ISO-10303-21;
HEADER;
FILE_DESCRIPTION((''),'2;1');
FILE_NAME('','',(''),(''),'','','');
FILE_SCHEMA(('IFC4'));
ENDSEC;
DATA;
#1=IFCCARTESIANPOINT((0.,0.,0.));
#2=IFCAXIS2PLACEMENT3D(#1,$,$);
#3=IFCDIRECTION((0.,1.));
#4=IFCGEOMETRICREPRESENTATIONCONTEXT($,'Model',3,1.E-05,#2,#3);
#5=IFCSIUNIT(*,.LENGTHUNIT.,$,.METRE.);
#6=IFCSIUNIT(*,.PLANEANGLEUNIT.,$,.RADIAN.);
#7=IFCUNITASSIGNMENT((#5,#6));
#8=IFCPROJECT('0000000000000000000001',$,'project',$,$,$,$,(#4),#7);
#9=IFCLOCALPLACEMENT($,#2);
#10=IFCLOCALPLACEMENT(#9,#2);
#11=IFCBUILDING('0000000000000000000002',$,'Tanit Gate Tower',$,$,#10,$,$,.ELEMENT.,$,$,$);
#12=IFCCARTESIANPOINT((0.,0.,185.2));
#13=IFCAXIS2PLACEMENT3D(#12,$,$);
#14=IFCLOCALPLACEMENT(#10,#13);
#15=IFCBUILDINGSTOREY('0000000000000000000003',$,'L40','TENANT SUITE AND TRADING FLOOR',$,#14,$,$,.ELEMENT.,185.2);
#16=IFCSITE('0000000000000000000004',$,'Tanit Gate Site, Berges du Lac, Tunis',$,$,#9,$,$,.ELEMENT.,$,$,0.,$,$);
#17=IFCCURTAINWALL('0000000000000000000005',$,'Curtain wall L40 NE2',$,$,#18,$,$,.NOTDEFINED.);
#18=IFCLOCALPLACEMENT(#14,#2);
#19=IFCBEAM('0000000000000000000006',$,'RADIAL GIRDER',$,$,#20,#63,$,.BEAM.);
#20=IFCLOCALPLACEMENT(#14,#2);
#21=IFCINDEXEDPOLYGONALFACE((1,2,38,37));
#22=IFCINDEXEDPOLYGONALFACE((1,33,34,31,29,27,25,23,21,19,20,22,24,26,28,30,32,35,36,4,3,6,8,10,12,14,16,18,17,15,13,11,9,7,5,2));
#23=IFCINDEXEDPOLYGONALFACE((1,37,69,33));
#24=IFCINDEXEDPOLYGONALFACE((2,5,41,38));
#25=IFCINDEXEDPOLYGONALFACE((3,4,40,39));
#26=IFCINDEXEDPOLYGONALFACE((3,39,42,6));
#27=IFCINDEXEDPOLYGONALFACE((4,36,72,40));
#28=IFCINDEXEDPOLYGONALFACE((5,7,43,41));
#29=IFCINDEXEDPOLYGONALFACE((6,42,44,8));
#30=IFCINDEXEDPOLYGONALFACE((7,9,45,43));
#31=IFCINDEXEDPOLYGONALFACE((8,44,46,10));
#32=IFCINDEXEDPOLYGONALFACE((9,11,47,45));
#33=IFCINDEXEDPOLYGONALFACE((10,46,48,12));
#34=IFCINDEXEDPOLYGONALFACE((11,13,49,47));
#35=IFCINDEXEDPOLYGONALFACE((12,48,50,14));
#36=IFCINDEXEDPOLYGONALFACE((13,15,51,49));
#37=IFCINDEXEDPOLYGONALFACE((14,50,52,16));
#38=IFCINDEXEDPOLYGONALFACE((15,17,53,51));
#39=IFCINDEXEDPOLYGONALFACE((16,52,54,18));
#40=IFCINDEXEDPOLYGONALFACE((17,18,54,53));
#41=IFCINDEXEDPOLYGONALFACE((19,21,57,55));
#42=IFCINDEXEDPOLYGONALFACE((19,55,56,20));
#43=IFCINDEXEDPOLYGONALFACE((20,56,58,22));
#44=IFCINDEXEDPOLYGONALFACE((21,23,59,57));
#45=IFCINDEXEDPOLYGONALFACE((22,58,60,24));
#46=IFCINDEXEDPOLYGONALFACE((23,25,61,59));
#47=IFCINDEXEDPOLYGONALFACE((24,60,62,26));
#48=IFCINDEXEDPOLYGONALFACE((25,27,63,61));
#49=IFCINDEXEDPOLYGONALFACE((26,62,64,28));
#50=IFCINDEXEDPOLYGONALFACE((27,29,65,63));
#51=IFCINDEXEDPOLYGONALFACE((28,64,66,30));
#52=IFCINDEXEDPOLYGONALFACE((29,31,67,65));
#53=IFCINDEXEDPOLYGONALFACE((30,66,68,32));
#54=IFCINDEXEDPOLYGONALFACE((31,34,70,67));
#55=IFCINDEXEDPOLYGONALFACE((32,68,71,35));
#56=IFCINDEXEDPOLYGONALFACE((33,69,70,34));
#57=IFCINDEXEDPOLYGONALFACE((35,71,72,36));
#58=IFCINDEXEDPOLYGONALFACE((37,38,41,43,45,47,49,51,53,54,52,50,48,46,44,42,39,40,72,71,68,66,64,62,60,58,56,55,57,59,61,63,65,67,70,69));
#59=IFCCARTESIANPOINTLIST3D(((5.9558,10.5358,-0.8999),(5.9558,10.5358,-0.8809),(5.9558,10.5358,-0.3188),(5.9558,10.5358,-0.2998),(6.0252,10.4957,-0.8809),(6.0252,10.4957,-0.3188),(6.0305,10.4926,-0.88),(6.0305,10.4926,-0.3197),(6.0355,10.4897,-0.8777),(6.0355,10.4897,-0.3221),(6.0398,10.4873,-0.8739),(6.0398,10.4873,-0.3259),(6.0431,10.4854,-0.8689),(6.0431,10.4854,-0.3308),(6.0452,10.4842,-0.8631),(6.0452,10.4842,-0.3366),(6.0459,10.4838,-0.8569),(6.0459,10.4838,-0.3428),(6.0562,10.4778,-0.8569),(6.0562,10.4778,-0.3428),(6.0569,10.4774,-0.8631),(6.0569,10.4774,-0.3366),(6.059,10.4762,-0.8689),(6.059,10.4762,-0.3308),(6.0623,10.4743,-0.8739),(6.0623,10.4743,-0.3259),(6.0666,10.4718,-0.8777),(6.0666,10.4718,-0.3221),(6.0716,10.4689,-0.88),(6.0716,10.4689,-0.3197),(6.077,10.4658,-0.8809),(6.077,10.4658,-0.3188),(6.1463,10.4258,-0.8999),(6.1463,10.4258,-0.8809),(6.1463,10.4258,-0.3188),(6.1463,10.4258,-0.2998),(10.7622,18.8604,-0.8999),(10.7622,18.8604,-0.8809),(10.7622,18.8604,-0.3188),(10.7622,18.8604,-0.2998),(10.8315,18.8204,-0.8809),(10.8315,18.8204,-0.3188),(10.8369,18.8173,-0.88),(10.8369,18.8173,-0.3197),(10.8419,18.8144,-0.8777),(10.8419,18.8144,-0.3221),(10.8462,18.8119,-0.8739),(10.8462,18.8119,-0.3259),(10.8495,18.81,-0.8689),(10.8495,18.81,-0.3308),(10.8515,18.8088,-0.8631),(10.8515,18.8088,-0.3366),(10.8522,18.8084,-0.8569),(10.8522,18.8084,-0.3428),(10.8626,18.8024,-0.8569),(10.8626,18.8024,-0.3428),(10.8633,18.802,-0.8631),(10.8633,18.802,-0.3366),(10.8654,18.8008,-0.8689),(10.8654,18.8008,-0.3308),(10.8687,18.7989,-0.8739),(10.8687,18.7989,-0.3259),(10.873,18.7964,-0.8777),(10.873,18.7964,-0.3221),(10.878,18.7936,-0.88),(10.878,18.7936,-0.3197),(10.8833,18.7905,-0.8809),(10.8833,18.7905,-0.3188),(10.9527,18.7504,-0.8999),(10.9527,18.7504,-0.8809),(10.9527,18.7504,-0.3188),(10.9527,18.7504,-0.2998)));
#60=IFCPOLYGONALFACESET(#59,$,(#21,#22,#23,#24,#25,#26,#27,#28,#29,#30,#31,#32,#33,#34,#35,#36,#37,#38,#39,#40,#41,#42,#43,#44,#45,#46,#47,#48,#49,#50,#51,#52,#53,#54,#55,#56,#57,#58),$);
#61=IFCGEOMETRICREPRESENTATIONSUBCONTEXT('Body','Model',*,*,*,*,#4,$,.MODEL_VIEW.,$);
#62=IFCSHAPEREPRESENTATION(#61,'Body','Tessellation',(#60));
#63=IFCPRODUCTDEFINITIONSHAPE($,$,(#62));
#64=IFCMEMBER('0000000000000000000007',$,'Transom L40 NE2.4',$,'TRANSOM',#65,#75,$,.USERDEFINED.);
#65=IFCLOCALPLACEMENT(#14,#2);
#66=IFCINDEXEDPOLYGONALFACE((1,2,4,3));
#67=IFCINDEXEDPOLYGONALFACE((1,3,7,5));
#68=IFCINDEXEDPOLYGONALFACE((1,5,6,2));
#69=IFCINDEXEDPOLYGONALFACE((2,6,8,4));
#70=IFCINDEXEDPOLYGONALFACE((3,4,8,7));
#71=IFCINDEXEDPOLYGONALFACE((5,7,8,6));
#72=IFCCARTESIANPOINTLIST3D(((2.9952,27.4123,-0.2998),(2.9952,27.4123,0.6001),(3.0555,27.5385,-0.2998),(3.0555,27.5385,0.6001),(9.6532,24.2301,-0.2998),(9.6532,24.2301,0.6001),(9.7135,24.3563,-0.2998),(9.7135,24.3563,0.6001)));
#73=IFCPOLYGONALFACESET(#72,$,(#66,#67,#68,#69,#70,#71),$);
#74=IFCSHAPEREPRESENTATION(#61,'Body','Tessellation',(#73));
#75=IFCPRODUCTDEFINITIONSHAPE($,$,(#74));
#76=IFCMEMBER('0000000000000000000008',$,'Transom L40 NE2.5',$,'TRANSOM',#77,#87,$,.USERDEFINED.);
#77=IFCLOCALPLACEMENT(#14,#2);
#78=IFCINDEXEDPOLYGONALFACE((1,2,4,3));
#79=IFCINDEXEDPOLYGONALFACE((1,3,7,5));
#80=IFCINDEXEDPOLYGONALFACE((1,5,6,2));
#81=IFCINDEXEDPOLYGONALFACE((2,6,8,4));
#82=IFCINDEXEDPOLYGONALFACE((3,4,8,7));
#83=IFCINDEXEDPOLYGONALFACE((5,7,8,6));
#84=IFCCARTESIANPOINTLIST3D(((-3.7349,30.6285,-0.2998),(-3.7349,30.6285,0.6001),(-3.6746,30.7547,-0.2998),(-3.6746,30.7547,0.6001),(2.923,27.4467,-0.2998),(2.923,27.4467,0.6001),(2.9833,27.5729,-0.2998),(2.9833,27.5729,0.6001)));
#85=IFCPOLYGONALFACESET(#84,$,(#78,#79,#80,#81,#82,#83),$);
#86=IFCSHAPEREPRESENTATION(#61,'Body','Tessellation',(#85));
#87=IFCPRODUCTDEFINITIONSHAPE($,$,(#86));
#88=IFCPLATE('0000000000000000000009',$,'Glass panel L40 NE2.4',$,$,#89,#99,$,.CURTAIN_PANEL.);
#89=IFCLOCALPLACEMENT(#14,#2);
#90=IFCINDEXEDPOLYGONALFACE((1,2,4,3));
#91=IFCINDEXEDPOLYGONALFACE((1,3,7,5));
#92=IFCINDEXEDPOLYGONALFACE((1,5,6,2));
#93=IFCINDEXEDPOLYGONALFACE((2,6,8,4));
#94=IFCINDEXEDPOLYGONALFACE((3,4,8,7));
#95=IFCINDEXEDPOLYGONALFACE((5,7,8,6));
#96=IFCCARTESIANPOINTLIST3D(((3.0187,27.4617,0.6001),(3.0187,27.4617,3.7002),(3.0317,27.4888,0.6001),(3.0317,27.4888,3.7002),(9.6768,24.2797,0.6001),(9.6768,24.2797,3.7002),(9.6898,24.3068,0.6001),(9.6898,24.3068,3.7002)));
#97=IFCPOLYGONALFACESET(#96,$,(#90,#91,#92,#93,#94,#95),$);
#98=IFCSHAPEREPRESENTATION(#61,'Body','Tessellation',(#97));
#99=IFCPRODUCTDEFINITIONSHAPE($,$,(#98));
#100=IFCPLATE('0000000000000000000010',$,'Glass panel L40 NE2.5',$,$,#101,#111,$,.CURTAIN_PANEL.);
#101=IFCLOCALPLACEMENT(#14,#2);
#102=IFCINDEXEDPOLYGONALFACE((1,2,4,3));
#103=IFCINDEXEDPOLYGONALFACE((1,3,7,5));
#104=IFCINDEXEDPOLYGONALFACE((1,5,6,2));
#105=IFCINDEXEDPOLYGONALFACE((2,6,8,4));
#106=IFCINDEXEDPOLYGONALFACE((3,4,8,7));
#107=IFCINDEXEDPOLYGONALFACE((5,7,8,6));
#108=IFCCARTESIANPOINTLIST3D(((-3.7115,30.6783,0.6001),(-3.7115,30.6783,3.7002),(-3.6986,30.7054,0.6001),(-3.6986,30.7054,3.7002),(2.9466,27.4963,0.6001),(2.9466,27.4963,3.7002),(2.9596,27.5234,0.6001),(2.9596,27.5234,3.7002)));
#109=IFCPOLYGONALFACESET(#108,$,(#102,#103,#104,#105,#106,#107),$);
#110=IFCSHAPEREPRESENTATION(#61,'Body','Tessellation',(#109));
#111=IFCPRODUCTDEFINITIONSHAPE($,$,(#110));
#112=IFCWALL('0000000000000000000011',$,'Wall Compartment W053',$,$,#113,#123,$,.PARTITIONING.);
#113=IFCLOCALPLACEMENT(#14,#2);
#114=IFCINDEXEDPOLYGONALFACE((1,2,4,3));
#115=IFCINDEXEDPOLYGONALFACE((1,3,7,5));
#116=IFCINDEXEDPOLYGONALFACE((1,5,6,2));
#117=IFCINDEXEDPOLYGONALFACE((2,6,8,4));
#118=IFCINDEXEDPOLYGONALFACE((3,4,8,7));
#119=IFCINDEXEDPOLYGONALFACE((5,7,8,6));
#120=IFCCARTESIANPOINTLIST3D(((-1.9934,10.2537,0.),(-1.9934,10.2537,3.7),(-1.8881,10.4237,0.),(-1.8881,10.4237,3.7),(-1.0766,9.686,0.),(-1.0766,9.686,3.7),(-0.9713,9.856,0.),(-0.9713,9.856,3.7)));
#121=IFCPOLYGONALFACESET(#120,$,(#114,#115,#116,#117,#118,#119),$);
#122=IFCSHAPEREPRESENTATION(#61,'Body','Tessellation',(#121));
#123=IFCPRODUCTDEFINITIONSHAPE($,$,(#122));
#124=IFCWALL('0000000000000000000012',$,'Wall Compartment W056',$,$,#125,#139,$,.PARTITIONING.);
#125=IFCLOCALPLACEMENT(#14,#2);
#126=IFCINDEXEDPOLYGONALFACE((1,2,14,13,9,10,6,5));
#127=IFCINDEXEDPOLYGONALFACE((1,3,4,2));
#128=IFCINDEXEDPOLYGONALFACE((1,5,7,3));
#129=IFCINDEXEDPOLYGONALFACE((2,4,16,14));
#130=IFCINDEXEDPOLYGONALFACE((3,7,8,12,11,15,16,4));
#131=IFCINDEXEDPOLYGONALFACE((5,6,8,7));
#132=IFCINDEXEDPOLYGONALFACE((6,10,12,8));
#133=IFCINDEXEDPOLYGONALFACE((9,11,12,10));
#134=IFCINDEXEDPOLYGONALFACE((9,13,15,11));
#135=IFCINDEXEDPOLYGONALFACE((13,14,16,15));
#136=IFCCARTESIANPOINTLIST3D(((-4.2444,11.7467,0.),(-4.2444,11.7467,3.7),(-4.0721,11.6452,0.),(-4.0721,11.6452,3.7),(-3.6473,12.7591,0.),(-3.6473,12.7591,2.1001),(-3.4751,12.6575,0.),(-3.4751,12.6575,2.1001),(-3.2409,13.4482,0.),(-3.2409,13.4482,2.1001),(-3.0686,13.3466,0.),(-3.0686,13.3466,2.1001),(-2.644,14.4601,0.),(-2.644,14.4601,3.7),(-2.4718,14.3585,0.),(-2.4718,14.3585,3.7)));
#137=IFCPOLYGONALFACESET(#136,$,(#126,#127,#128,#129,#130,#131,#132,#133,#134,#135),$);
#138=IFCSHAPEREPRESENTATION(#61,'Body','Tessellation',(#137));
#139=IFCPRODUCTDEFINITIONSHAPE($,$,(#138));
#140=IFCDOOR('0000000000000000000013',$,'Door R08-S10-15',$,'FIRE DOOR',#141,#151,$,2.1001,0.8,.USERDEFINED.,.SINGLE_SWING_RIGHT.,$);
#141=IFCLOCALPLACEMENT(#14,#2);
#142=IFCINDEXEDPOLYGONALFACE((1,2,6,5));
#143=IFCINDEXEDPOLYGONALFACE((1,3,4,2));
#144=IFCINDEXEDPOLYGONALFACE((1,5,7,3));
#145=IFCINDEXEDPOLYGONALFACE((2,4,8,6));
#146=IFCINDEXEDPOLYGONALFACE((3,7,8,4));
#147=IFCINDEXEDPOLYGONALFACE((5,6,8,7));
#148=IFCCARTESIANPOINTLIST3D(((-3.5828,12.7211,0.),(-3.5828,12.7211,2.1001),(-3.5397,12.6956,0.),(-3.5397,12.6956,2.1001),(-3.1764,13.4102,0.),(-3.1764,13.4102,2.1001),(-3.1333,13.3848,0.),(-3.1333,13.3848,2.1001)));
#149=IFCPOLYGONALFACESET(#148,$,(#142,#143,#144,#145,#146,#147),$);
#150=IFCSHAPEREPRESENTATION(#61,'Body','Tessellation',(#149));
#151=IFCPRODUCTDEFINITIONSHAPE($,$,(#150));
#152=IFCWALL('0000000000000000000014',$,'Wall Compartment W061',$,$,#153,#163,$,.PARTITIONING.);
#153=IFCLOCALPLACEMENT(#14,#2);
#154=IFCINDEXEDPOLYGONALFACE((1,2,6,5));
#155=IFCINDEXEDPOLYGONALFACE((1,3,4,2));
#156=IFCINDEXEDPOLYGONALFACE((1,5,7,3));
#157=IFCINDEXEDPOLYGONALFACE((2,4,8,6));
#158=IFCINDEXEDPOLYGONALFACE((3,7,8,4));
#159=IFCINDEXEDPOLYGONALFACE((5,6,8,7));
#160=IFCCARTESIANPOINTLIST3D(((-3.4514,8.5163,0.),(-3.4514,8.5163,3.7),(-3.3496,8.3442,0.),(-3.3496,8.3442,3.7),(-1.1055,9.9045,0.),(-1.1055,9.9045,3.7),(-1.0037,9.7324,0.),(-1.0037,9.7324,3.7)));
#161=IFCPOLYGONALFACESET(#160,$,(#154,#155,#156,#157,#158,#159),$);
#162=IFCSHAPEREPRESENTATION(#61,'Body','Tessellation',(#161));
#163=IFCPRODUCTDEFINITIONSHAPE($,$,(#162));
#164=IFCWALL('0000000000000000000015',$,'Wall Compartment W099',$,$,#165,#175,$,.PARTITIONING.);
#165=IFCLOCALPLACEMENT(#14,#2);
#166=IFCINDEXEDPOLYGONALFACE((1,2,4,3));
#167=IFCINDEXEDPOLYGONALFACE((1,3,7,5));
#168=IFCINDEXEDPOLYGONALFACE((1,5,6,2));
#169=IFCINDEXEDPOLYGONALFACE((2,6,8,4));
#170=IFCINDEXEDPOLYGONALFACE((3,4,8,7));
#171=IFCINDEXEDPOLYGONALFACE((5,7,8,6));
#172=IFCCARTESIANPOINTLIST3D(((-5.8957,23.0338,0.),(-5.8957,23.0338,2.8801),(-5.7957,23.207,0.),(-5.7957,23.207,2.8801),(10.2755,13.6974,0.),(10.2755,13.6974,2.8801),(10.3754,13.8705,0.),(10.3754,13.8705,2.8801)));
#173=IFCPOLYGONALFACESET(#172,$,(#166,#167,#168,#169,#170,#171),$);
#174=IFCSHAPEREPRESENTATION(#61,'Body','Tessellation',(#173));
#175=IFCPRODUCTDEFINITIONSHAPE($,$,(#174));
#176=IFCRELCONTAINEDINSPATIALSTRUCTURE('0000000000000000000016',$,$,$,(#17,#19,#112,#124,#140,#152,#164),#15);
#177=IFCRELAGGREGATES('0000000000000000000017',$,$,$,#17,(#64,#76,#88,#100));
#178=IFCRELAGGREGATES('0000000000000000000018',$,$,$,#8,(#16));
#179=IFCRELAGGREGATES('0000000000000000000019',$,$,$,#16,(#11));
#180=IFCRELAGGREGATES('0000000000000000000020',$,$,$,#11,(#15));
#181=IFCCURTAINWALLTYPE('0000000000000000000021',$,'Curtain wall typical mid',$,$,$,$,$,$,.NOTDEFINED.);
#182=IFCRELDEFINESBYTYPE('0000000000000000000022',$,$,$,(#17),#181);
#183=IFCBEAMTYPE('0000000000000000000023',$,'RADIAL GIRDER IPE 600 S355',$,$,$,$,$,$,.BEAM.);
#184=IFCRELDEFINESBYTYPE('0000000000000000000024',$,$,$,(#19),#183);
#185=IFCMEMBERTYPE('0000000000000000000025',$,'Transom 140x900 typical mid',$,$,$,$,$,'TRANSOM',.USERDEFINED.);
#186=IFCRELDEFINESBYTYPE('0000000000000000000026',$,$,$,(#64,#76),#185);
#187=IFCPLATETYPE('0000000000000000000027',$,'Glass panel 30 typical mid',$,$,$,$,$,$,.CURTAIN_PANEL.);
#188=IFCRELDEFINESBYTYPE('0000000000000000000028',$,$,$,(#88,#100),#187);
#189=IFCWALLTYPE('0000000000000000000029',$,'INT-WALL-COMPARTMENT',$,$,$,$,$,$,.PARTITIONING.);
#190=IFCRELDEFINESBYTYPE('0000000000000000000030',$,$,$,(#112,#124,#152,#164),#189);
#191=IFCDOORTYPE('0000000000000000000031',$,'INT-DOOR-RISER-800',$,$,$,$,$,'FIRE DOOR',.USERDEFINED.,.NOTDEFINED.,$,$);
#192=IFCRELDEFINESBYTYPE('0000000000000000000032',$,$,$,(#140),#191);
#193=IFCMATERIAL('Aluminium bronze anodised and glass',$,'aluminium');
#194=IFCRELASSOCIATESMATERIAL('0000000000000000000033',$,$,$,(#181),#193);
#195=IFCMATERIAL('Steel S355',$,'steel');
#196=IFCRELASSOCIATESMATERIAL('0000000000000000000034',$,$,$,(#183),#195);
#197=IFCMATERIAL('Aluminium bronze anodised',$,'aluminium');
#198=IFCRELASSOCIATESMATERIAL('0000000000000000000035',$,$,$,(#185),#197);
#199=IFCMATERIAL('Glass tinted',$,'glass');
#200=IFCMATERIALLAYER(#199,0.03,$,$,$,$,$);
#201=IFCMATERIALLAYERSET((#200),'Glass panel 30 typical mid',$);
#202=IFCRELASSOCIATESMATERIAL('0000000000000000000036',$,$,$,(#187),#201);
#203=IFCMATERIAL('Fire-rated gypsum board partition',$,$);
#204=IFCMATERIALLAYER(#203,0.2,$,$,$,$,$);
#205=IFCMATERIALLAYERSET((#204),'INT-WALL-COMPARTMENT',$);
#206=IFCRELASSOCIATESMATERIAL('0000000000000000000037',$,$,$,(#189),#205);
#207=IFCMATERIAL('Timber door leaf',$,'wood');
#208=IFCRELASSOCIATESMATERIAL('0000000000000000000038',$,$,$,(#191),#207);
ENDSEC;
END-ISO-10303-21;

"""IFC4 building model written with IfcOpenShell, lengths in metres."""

from ifc_helpers import new_model, si_unit, direction, frame, frame_2d, origin, origin_2d, place, context, subcontext, project, spatial, rectangle, i_section, extrude, material, layer, layer_set, material_profile, profile_set, type_object, element, fill, aggregate, save


model = new_model("IFC4")

# Units and contexts
model_context = context("Model", 3, precision=1e-05, world=origin(), true_north=direction((0.0, 1.0)))
body_context = subcontext(model_context, "Body", "Model", "MODEL_VIEW")
ifc_project = project(units=[si_unit("LENGTHUNIT", "METRE"), si_unit("PLANEANGLEUNIT", "RADIAN")], contexts=[model_context])

# Site, building, storey
site_placement = place(None, origin())
site = spatial("IfcSite", under=ifc_project, at=site_placement, Name="Tanit Gate Site, Berges du Lac, Tunis", CompositionType="ELEMENT", RefElevation=0.0)
building_placement = place(site_placement, origin())
building = spatial("IfcBuilding", under=site, at=building_placement, Name="Tanit Gate Tower", CompositionType="ELEMENT")
storey_placement = place(building_placement, frame((0.0, 0.0, 185.2)))
storey = spatial("IfcBuildingStorey", under=building, at=storey_placement, Name="L40", Description="TENANT SUITE AND TRADING FLOOR", CompositionType="ELEMENT", Elevation=185.2)

# Curtain wall
ifc_material_1 = material(Name="Aluminium bronze anodised and glass", Category="aluminium")
curtain_wall_type = type_object("IfcCurtainWallType", Name="Curtain wall typical mid", PredefinedType="NOTDEFINED", material=ifc_material_1)
curtain_wall_placement = place(storey_placement, origin())
curtain_wall = element("IfcCurtainWall", 1, at=curtain_wall_placement, inside=storey, type_object=curtain_wall_type, Name="Curtain wall L40 NE2", PredefinedType="NOTDEFINED")

# Beam
ifc_material_2 = material(Name="Steel S355", Category="steel")
ifc_material_profile_1 = material_profile(ifc_material_2, i_section(OverallWidth=0.22, OverallDepth=0.6001, WebThickness=0.012, FlangeThickness=0.019, FilletRadius=0.0239, at=origin_2d()), Name="IPE 600")
ifc_profile_set_1 = profile_set([ifc_material_profile_1], Name="Steel S355")
beam_type_1 = type_object("IfcBeamType", Name="RADIAL GIRDER IPE 600 S355", PredefinedType="BEAM", material=ifc_profile_set_1)
beam_1_placement = place(storey_placement, frame((10.8574, 18.8054, -0.5999), z_axis=(-0.50001, -0.86602, 0.0), x_axis=(0.86602, -0.50001, 0.0)))
element("IfcBeam", 2, at=beam_1_placement, inside=storey, type_object=beam_type_1, Name="RADIAL GIRDER", PredefinedType="BEAM", context=body_context, shape_type="SweptSolid", body=[
    extrude(i_section(OverallWidth=0.22, OverallDepth=0.6001, WebThickness=0.012, FlangeThickness=0.019, FilletRadius=0.0239, at=origin_2d()), origin(), (0.0, 0.0, 1.0), 9.6125),
])

# Members
ifc_material_3 = material(Name="Aluminium bronze anodised", Category="aluminium")
ifc_material_profile_2 = material_profile(ifc_material_3, rectangle(XDim=0.1399, YDim=0.8999, at=origin_2d()), Name="140x900 bronze transom")
ifc_profile_set_2 = profile_set([ifc_material_profile_2], Name="Aluminium bronze anodised")
member_type_1 = type_object("IfcMemberType", Name="Transom 140x900 typical mid", ElementType="TRANSOM", PredefinedType="USERDEFINED", material=ifc_profile_set_2)
member_1_placement = place(storey_placement, frame((9.6833, 24.2932, 0.1501), z_axis=(-0.902246, 0.431223, 0.0), x_axis=(-0.431223, -0.902246, 0.0)))
member_1 = element("IfcMember", 3, at=member_1_placement, type_object=member_type_1, Name="Transom L40 NE2.4", ObjectType="TRANSOM", PredefinedType="USERDEFINED", context=body_context, shape_type="SweptSolid", body=[
    extrude(rectangle(XDim=0.1399, YDim=0.8999, at=origin_2d()), origin(), (0.0, 0.0, 1.0), 7.3794),
])
member_2_placement = place(storey_placement, frame((2.9531, 27.5098, 0.1501), z_axis=(-0.902258, 0.431196, 0.0), x_axis=(-0.431196, -0.902258, 0.0)))
member_2 = element("IfcMember", 4, at=member_2_placement, type_object=member_type_1, Name="Transom L40 NE2.5", ObjectType="TRANSOM", PredefinedType="USERDEFINED", context=body_context, shape_type="SweptSolid", body=[
    extrude(rectangle(XDim=0.1399, YDim=0.8999, at=origin_2d()), origin(), (0.0, 0.0, 1.0), 7.3792),
])

# Plates
ifc_material_4 = material(Name="Glass tinted", Category="glass")
ifc_layer_1 = layer(ifc_material_4, 0.03)
ifc_layer_set_1 = layer_set([ifc_layer_1], Name="Glass panel 30 typical mid")
plate_type = type_object("IfcPlateType", Name="Glass panel 30 typical mid", PredefinedType="CURTAIN_PANEL", material=ifc_layer_set_1)
plate_1_placement = place(storey_placement, frame((6.3542, 25.8843, 0.6001), z_axis=(0.0, 0.0, 1.0), x_axis=(-0.902258, 0.431197, 0.0)))
plate_1 = element("IfcPlate", 5, at=plate_1_placement, type_object=plate_type, Name="Glass panel L40 NE2.4", PredefinedType="CURTAIN_PANEL", context=body_context, shape_type="SweptSolid", body=[
    extrude(rectangle(XDim=7.3794, YDim=0.03, at=origin_2d()), origin(), (0.0, 0.0, 1.0), 3.1001),
])
plate_2_placement = place(storey_placement, frame((-0.376, 29.1008, 0.6001), z_axis=(0.0, 0.0, 1.0), x_axis=(-0.902258, 0.431197, 0.0)))
plate_2 = element("IfcPlate", 6, at=plate_2_placement, type_object=plate_type, Name="Glass panel L40 NE2.5", PredefinedType="CURTAIN_PANEL", context=body_context, shape_type="SweptSolid", body=[
    extrude(rectangle(XDim=7.3794, YDim=0.03, at=origin_2d()), origin(), (0.0, 0.0, 1.0), 3.1001),
])
aggregate(curtain_wall, [member_1, member_2, plate_1, plate_2])

# Wall
ifc_material_5 = material(Name="Fire-rated gypsum board partition")
ifc_layer_2 = layer(ifc_material_5, 0.2)
ifc_layer_set_2 = layer_set([ifc_layer_2], Name="INT-WALL-COMPARTMENT")
wall_type_1 = type_object("IfcWallType", Name="INT-WALL-COMPARTMENT", PredefinedType="PARTITIONING", material=ifc_layer_set_2)
wall_1_placement = place(storey_placement, frame((-1.9407, 10.3386, 0.0), z_axis=(0.0, 0.0, 1.0), x_axis=(0.850217, -0.526433, 0.0)))
element("IfcWall", 7, at=wall_1_placement, inside=storey, type_object=wall_type_1, Name="Wall Compartment W053", PredefinedType="PARTITIONING", context=body_context, shape_type="SweptSolid", body=[
    extrude(rectangle(XDim=1.0784, YDim=0.2, at=frame_2d((0.5391, 0.0))), origin(), (0.0, 0.0, 1.0), 3.7),
])

# Wall, opening, door
wall_2_placement = place(storey_placement, frame((-2.5579, 14.4094, 0.0), z_axis=(0.0, 0.0, 1.0), x_axis=(-0.508019, -0.861346, 0.0)))
wall_2 = element("IfcWall", 8, at=wall_2_placement, inside=storey, type_object=wall_type_1, Name="Wall Compartment W056", PredefinedType="PARTITIONING", context=body_context, shape_type="SweptSolid", body=[
    extrude(rectangle(XDim=3.1501, YDim=0.2, at=frame_2d((1.5752, 0.0))), origin(), (0.0, 0.0, 1.0), 3.7),
])
opening_1_placement = place(wall_2_placement, frame((1.175, 0.0, 0.0)))
opening_1 = element("IfcOpeningElement", 9, at=opening_1_placement, cuts=wall_2, PredefinedType="OPENING", context=body_context, shape_type="SweptSolid", body=[
    extrude(rectangle(XDim=0.8, YDim=2.1001, at=frame_2d((0.3999, 1.05))), frame((0.0, 0.1099, 0.0), z_axis=(0.0, -1.0, 0.0), x_axis=(1.0, 0.0, 0.0)), (0.0, 0.0, 1.0), 0.22),
])
ifc_material_6 = material(Name="Timber door leaf", Category="wood")
door_type_1 = type_object("IfcDoorType", Name="INT-DOOR-RISER-800", ElementType="FIRE DOOR", OperationType="NOTDEFINED", PredefinedType="USERDEFINED", material=ifc_material_6)
door_1_placement = place(opening_1_placement, origin())
door_1 = element("IfcDoor", 10, at=door_1_placement, inside=storey, type_object=door_type_1, Name="Door R08-S10-15", ObjectType="FIRE DOOR", OperationType="SINGLE_SWING_RIGHT", OverallHeight=2.1001, OverallWidth=0.8, PredefinedType="USERDEFINED", context=body_context, shape_type="SweptSolid", body=[
    extrude(rectangle(XDim=0.8, YDim=2.1001, at=frame_2d((0.3999, 1.05))), frame((0.0, 0.0249, 0.0), z_axis=(0.0, -1.0, 0.0), x_axis=(1.0, 0.0, 0.0)), (0.0, 0.0, 1.0), 0.05),
])
fill(opening_1, door_1)

# Walls
wall_3_placement = place(storey_placement, frame((-1.0547, 9.8184, 0.0), z_axis=(0.0, 0.0, 1.0), x_axis=(-0.860614, -0.509257, 0.0)))
element("IfcWall", 11, at=wall_3_placement, inside=storey, type_object=wall_type_1, Name="Wall Compartment W061", PredefinedType="PARTITIONING", context=body_context, shape_type="SweptSolid", body=[
    extrude(rectangle(XDim=2.7258, YDim=0.2, at=frame_2d((1.3628, 0.0))), origin(), (0.0, 0.0, 1.0), 3.7),
])
wall_4_placement = place(storey_placement, frame((10.3254, 13.7839, 0.0), z_axis=(0.0, 0.0, 1.0), x_axis=(-0.866025, 0.5, 0.0)))
element("IfcWall", 12, at=wall_4_placement, inside=storey, type_object=wall_type_1, Name="Wall Compartment W099", PredefinedType="PARTITIONING", context=body_context, shape_type="SweptSolid", body=[
    extrude(rectangle(XDim=18.6729, YDim=0.2, at=frame_2d((9.3364, 0.0))), origin(), (0.0, 0.0, 1.0), 2.8801),
])

save(model, "model.ifc")
